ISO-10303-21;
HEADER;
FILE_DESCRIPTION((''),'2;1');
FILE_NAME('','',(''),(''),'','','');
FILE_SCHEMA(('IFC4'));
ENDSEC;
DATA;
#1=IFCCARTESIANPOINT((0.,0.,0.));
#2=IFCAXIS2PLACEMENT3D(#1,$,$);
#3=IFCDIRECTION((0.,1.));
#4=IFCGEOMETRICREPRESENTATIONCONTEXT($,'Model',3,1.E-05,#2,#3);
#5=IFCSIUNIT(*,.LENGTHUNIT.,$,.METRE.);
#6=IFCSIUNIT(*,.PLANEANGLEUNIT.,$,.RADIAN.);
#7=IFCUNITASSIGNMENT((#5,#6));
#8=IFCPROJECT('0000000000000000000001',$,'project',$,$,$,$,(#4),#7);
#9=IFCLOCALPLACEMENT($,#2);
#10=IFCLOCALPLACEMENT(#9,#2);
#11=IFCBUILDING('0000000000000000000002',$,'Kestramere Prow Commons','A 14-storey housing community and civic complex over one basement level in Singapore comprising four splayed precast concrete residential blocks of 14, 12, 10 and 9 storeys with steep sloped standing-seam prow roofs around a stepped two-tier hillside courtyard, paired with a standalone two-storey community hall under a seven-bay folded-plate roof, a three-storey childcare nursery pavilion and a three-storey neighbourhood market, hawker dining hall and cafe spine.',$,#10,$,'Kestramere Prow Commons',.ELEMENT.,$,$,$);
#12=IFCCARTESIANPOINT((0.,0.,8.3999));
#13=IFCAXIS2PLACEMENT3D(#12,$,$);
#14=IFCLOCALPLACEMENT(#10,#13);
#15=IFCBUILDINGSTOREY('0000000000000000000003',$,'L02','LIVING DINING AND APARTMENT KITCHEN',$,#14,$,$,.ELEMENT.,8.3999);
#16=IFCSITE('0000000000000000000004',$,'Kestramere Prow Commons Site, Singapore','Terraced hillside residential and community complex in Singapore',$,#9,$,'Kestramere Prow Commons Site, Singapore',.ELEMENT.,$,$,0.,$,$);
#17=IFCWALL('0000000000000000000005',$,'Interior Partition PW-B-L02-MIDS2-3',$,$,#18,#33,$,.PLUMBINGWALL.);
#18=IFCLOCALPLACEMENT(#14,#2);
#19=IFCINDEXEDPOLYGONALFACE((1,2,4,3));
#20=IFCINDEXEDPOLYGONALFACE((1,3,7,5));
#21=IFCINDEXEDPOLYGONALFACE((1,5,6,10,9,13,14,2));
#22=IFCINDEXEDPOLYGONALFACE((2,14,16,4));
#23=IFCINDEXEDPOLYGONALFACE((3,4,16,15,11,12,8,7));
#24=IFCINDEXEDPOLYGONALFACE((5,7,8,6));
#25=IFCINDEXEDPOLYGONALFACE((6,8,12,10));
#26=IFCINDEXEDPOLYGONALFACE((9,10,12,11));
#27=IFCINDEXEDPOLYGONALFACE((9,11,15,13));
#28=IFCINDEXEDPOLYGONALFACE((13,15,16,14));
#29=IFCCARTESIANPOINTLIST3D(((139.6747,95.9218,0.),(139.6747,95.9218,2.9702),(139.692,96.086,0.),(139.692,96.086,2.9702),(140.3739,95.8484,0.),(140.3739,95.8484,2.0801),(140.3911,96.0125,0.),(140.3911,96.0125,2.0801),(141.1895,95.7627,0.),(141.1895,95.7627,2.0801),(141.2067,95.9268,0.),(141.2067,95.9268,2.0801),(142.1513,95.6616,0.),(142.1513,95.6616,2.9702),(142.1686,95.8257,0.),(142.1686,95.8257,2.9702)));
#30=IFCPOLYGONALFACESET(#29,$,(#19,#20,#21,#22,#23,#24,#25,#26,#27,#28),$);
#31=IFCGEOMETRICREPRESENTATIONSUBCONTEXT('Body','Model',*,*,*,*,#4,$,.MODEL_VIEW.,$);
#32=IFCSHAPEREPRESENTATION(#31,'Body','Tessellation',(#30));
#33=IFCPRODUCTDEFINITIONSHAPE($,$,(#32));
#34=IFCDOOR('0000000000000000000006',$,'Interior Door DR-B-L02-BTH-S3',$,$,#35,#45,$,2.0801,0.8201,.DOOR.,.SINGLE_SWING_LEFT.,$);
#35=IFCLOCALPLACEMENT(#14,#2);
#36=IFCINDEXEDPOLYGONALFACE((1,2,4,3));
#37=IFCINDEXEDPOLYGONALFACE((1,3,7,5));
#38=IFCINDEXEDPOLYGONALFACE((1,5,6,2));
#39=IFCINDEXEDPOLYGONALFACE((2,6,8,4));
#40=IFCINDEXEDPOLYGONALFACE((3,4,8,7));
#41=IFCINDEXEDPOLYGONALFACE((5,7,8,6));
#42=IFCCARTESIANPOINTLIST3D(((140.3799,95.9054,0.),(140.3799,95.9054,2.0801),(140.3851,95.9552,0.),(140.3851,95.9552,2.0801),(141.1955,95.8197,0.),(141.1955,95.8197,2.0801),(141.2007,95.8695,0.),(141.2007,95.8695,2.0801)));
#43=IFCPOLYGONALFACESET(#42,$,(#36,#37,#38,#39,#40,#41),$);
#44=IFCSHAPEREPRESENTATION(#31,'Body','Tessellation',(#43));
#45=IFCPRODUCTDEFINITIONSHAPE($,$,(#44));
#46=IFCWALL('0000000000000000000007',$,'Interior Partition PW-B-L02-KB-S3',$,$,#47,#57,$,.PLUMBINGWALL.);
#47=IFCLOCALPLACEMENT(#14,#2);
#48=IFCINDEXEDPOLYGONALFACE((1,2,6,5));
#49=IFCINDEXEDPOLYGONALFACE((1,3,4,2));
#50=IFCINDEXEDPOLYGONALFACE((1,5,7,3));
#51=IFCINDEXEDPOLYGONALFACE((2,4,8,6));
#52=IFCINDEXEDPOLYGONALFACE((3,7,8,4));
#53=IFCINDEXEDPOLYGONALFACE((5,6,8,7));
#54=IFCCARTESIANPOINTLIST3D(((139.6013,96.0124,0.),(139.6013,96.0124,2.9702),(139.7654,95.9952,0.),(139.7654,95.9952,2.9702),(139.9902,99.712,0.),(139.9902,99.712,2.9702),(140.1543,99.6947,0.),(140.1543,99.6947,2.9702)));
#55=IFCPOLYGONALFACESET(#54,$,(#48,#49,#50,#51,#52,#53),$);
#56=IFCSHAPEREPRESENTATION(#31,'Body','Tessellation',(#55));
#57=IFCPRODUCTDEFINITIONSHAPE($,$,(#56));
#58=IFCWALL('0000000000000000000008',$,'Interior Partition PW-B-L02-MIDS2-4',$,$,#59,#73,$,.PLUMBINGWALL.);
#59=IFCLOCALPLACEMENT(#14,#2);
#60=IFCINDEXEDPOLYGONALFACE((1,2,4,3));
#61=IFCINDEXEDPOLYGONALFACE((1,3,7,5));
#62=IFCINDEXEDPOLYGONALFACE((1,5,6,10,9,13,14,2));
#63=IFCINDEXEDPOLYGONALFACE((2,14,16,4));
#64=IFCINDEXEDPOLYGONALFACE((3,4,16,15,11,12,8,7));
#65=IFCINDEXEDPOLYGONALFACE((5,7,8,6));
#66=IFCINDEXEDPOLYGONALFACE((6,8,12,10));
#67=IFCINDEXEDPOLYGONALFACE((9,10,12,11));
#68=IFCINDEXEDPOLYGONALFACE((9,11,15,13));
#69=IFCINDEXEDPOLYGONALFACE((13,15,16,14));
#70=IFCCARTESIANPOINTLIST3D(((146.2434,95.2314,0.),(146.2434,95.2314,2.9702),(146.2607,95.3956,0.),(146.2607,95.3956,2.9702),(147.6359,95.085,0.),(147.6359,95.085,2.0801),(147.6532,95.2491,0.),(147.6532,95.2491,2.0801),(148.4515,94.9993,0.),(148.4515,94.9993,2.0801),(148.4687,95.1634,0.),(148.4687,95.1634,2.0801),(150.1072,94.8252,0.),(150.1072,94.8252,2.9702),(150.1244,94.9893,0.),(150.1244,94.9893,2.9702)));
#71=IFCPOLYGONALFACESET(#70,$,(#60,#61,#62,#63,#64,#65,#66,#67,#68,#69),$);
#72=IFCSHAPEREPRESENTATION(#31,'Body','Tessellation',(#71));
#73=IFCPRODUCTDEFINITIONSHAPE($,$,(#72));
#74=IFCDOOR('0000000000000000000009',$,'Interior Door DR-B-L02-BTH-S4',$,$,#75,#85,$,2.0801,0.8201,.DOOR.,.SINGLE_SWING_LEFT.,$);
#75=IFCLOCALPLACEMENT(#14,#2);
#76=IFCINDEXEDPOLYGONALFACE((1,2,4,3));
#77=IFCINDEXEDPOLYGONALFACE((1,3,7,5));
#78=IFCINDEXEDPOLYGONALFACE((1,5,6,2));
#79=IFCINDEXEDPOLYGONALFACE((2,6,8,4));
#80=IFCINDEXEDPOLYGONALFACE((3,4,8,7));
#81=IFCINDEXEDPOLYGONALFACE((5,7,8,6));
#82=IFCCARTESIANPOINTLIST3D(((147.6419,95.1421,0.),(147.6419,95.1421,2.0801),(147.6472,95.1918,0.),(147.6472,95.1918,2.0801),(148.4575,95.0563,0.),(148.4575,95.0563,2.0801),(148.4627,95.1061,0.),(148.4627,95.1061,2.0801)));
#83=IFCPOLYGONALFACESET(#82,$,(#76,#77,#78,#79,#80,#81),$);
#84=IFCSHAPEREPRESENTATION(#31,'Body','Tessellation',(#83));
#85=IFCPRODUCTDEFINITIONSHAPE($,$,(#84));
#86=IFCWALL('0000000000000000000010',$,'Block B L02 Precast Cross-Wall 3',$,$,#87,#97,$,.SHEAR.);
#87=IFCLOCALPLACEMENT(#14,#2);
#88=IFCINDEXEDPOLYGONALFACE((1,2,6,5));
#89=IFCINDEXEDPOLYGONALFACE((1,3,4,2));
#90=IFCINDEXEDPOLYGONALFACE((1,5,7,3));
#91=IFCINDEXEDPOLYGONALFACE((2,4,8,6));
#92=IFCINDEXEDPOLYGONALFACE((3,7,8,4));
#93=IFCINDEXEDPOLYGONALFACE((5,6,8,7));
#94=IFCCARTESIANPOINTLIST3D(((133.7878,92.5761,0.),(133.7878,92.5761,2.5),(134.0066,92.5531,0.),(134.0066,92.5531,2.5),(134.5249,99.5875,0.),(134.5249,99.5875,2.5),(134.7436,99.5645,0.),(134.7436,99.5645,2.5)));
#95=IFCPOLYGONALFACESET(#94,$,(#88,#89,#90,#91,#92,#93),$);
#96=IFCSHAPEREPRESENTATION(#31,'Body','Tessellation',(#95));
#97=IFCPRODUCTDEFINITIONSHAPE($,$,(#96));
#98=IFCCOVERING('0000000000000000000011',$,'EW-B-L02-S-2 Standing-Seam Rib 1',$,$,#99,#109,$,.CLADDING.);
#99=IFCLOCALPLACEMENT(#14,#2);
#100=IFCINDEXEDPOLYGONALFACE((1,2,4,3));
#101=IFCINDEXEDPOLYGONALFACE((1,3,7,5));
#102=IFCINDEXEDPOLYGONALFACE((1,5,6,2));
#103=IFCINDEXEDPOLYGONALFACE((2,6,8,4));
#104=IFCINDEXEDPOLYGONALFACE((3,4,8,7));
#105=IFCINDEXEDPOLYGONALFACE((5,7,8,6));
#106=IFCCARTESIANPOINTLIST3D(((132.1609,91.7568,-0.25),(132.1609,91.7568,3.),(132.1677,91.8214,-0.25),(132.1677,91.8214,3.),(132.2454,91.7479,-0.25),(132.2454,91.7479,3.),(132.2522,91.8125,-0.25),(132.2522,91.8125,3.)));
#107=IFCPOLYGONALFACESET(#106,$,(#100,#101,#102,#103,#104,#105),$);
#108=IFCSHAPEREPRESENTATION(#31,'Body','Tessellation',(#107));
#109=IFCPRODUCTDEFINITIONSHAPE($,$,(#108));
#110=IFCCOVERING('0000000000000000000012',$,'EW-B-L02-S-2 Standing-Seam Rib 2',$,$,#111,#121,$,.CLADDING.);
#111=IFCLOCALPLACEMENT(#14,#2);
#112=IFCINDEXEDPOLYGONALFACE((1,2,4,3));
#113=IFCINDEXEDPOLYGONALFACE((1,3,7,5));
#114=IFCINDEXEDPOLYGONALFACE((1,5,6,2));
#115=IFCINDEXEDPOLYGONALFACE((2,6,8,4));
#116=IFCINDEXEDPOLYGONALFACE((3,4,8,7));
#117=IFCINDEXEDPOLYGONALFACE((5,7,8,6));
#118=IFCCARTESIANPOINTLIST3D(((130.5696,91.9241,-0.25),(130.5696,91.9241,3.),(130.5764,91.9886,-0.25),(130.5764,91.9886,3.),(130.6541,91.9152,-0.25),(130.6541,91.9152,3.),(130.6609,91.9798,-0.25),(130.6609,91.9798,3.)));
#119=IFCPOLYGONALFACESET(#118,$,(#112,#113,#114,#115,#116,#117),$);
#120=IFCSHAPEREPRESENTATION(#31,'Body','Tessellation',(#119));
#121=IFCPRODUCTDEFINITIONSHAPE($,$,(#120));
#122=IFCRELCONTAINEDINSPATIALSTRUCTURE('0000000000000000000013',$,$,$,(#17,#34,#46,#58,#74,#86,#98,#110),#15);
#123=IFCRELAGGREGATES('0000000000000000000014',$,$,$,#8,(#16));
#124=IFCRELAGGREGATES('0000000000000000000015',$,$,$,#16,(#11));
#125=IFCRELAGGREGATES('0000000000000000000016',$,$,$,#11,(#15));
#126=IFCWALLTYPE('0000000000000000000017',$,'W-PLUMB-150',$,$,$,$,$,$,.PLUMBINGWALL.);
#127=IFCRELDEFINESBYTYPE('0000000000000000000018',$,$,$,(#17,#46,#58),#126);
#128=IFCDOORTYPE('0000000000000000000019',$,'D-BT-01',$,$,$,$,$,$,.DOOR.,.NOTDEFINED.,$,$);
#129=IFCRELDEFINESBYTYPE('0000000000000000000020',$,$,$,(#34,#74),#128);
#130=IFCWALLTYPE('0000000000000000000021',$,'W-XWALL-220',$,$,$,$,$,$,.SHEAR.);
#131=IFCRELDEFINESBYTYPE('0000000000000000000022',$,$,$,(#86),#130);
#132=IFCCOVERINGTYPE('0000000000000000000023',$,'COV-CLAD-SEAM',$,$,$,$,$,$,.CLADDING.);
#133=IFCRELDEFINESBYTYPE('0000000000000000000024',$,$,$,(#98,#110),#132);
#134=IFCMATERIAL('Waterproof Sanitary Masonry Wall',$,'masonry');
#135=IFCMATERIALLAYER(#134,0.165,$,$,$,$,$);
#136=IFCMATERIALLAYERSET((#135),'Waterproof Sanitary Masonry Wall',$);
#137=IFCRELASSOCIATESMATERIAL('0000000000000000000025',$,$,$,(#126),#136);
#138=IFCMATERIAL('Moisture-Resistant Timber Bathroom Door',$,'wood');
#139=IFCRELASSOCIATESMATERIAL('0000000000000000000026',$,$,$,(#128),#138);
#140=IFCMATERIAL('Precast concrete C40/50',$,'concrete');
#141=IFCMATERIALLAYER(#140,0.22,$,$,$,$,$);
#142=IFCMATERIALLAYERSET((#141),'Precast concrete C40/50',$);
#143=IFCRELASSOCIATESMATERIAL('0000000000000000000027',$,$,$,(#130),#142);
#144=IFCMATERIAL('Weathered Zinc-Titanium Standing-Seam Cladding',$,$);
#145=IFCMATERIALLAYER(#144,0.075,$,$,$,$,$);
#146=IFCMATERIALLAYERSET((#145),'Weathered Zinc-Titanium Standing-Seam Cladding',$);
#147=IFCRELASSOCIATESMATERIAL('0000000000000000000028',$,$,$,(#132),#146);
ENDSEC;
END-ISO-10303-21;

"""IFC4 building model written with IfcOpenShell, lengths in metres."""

from ifc_helpers import new_model, si_unit, direction, frame, frame_2d, origin, origin_2d, place, context, subcontext, project, spatial, rectangle, extrude, material, layer, layer_set, type_object, element, fill, save


model = new_model("IFC4")

# Units and contexts
model_context = context("Model", 3, precision=1e-05, world=origin(), true_north=direction((0.0, 1.0)))
body_context = subcontext(model_context, "Body", "Model", "MODEL_VIEW")
ifc_project = project(units=[si_unit("LENGTHUNIT", "METRE"), si_unit("PLANEANGLEUNIT", "RADIAN")], contexts=[model_context])

# Site, building, storey
site_placement = place(None, origin())
site = spatial("IfcSite", under=ifc_project, at=site_placement, Name="Kestramere Prow Commons Site, Singapore", Description="Terraced hillside residential and community complex in Singapore", LongName="Kestramere Prow Commons Site, Singapore", CompositionType="ELEMENT", RefElevation=0.0)
building_placement = place(site_placement, origin())
building = spatial("IfcBuilding", under=site, at=building_placement, Name="Kestramere Prow Commons", Description="A 14-storey housing community and civic complex over one basement level in Singapore comprising four splayed precast concrete residential blocks of 14, 12, 10 and 9 storeys with steep sloped standing-seam prow roofs around a stepped two-tier hillside courtyard, paired with a standalone two-storey community hall under a seven-bay folded-plate roof, a three-storey childcare nursery pavilion and a three-storey neighbourhood market, hawker dining hall and cafe spine.", LongName="Kestramere Prow Commons", CompositionType="ELEMENT")
storey_placement = place(building_placement, frame((0.0, 0.0, 8.3999)))
storey = spatial("IfcBuildingStorey", under=building, at=storey_placement, Name="L02", Description="LIVING DINING AND APARTMENT KITCHEN", CompositionType="ELEMENT", Elevation=8.3999)

# Shared definitions
ifc_material_1 = material(Name="Precast concrete C40/50", Category="concrete")

# Wall, opening, door
ifc_material_2 = material(Name="Waterproof Sanitary Masonry Wall", Category="masonry")
ifc_layer_1 = layer(ifc_material_2, 0.165)
ifc_layer_set_1 = layer_set([ifc_layer_1], Name="Waterproof Sanitary Masonry Wall")
wall_type_1 = type_object("IfcWallType", Name="W-PLUMB-150", PredefinedType="PLUMBINGWALL", material=ifc_layer_set_1)
wall_1_placement = place(storey_placement, frame((139.6833, 96.0039, 0.0), z_axis=(0.0, 0.0, 1.0), x_axis=(0.994524, -0.104511, 0.0)))
wall_1 = element("IfcWall", 1, at=wall_1_placement, inside=storey, type_object=wall_type_1, Name="Interior Partition PW-B-L02-MIDS2-3", PredefinedType="PLUMBINGWALL", context=body_context, shape_type="SweptSolid", body=[
    extrude(rectangle(XDim=2.4902, YDim=0.165, at=frame_2d((1.2451, 0.0))), origin(), (0.0, 0.0, 1.0), 2.9702),
])
opening_1_placement = place(wall_1_placement, frame((0.7029, 0.0, 0.0)))
opening_1 = element("IfcOpeningElement", 2, at=opening_1_placement, cuts=wall_1, PredefinedType="OPENING", context=body_context, shape_type="SweptSolid", body=[
    extrude(rectangle(XDim=0.8201, YDim=2.0801, at=frame_2d((0.4102, 1.04))), frame((0.0, 0.0974, 0.0), z_axis=(0.0, -1.0, 0.0), x_axis=(1.0, 0.0, 0.0)), (0.0, 0.0, 1.0), 0.1951),
])
ifc_material_3 = material(Name="Moisture-Resistant Timber Bathroom Door", Category="wood")
door_type_1 = type_object("IfcDoorType", Name="D-BT-01", OperationType="NOTDEFINED", PredefinedType="DOOR", material=ifc_material_3)
door_1_placement = place(opening_1_placement, origin())
door_1 = element("IfcDoor", 3, at=door_1_placement, inside=storey, type_object=door_type_1, Name="Interior Door DR-B-L02-BTH-S3", OperationType="SINGLE_SWING_LEFT", OverallHeight=2.0801, OverallWidth=0.8201, PredefinedType="DOOR", context=body_context, shape_type="SweptSolid", body=[
    extrude(rectangle(XDim=0.8201, YDim=2.0801, at=frame_2d((0.4102, 1.04))), frame((0.0, 0.0249, 0.0), z_axis=(0.0, -1.0, 0.0), x_axis=(1.0, 0.0, 0.0)), (0.0, 0.0, 1.0), 0.05),
])
fill(opening_1, door_1)

# Wall
wall_2_placement = place(storey_placement, frame((139.6833, 96.0039, 0.0), z_axis=(0.0, 0.0, 1.0), x_axis=(0.104552, 0.994519, 0.0)))
element("IfcWall", 4, at=wall_2_placement, inside=storey, type_object=wall_type_1, Name="Interior Partition PW-B-L02-KB-S3", PredefinedType="PLUMBINGWALL", context=body_context, shape_type="SweptSolid", body=[
    extrude(rectangle(XDim=3.72, YDim=0.165, at=frame_2d((1.8599, 0.0))), origin(), (0.0, 0.0, 1.0), 2.9702),
])

# Wall, opening, door
wall_3_placement = place(storey_placement, frame((146.2522, 95.3135, 0.0), z_axis=(0.0, 0.0, 1.0), x_axis=(0.994518, -0.104567, 0.0)))
wall_3 = element("IfcWall", 5, at=wall_3_placement, inside=storey, type_object=wall_type_1, Name="Interior Partition PW-B-L02-MIDS2-4", PredefinedType="PLUMBINGWALL", context=body_context, shape_type="SweptSolid", body=[
    extrude(rectangle(XDim=3.885, YDim=0.165, at=frame_2d((1.9424, 0.0))), origin(), (0.0, 0.0, 1.0), 2.9702),
])
opening_2_placement = place(wall_3_placement, frame((1.3999, 0.0, 0.0)))
opening_2 = element("IfcOpeningElement", 6, at=opening_2_placement, cuts=wall_3, PredefinedType="OPENING", context=body_context, shape_type="SweptSolid", body=[
    extrude(rectangle(XDim=0.8201, YDim=2.0801, at=frame_2d((0.4102, 1.04))), frame((0.0, 0.0974, 0.0), z_axis=(0.0, -1.0, 0.0), x_axis=(1.0, 0.0, 0.0)), (0.0, 0.0, 1.0), 0.1951),
])
door_2_placement = place(opening_2_placement, origin())
door_2 = element("IfcDoor", 7, at=door_2_placement, inside=storey, type_object=door_type_1, Name="Interior Door DR-B-L02-BTH-S4", OperationType="SINGLE_SWING_LEFT", OverallHeight=2.0801, OverallWidth=0.8201, PredefinedType="DOOR", context=body_context, shape_type="SweptSolid", body=[
    extrude(rectangle(XDim=0.8201, YDim=2.0801, at=frame_2d((0.4102, 1.04))), frame((0.0, 0.0249, 0.0), z_axis=(0.0, -1.0, 0.0), x_axis=(1.0, 0.0, 0.0)), (0.0, 0.0, 1.0), 0.05),
])
fill(opening_2, door_2)

# Wall
ifc_layer_2 = layer(ifc_material_1, 0.22)
ifc_layer_set_2 = layer_set([ifc_layer_2], Name="Precast concrete C40/50")
wall_type_2 = type_object("IfcWallType", Name="W-XWALL-220", PredefinedType="SHEAR", material=ifc_layer_set_2)
wall_4_placement = place(storey_placement, frame((133.8972, 92.5647, 0.0), z_axis=(0.0, 0.0, 1.0), x_axis=(0.104546, 0.99452, 0.0)))
element("IfcWall", 8, at=wall_4_placement, inside=storey, type_object=wall_type_2, Name="Block B L02 Precast Cross-Wall 3", PredefinedType="SHEAR", context=body_context, shape_type="SweptSolid", body=[
    extrude(rectangle(XDim=7.05, YDim=0.22, at=frame_2d((3.5249, 0.0))), origin(), (0.0, 0.0, 1.0), 2.5),
])

# Coverings
ifc_material_4 = material(Name="Weathered Zinc-Titanium Standing-Seam Cladding")
ifc_layer_3 = layer(ifc_material_4, 0.075)
ifc_layer_set_3 = layer_set([ifc_layer_3], Name="Weathered Zinc-Titanium Standing-Seam Cladding")
covering_type = type_object("IfcCoveringType", Name="COV-CLAD-SEAM", PredefinedType="CLADDING", material=ifc_layer_set_3)
for number, where, z_axis, x_axis, name in (
    (9, (132.2065, 91.7847, -0.25), (0.0, 0.0, 1.0), (-0.994522, 0.104528, 0.0), "EW-B-L02-S-2 Standing-Seam Rib 1"),
    (10, (130.6152, 91.9519, -0.25), (0.0, 0.0, 1.0), (-0.994522, 0.104528, 0.0), "EW-B-L02-S-2 Standing-Seam Rib 2"),
):
    element("IfcCovering", number, at=place(storey_placement, frame(where, z_axis=z_axis, x_axis=x_axis)), inside=storey, type_object=covering_type, Name=name, PredefinedType="CLADDING", context=body_context, shape_type="SweptSolid", body=[
        extrude(rectangle(XDim=0.085, YDim=0.0649, at=origin_2d()), origin(), (0.0, 0.0, 1.0), 3.25),
    ])

save(model, "model.ifc")
